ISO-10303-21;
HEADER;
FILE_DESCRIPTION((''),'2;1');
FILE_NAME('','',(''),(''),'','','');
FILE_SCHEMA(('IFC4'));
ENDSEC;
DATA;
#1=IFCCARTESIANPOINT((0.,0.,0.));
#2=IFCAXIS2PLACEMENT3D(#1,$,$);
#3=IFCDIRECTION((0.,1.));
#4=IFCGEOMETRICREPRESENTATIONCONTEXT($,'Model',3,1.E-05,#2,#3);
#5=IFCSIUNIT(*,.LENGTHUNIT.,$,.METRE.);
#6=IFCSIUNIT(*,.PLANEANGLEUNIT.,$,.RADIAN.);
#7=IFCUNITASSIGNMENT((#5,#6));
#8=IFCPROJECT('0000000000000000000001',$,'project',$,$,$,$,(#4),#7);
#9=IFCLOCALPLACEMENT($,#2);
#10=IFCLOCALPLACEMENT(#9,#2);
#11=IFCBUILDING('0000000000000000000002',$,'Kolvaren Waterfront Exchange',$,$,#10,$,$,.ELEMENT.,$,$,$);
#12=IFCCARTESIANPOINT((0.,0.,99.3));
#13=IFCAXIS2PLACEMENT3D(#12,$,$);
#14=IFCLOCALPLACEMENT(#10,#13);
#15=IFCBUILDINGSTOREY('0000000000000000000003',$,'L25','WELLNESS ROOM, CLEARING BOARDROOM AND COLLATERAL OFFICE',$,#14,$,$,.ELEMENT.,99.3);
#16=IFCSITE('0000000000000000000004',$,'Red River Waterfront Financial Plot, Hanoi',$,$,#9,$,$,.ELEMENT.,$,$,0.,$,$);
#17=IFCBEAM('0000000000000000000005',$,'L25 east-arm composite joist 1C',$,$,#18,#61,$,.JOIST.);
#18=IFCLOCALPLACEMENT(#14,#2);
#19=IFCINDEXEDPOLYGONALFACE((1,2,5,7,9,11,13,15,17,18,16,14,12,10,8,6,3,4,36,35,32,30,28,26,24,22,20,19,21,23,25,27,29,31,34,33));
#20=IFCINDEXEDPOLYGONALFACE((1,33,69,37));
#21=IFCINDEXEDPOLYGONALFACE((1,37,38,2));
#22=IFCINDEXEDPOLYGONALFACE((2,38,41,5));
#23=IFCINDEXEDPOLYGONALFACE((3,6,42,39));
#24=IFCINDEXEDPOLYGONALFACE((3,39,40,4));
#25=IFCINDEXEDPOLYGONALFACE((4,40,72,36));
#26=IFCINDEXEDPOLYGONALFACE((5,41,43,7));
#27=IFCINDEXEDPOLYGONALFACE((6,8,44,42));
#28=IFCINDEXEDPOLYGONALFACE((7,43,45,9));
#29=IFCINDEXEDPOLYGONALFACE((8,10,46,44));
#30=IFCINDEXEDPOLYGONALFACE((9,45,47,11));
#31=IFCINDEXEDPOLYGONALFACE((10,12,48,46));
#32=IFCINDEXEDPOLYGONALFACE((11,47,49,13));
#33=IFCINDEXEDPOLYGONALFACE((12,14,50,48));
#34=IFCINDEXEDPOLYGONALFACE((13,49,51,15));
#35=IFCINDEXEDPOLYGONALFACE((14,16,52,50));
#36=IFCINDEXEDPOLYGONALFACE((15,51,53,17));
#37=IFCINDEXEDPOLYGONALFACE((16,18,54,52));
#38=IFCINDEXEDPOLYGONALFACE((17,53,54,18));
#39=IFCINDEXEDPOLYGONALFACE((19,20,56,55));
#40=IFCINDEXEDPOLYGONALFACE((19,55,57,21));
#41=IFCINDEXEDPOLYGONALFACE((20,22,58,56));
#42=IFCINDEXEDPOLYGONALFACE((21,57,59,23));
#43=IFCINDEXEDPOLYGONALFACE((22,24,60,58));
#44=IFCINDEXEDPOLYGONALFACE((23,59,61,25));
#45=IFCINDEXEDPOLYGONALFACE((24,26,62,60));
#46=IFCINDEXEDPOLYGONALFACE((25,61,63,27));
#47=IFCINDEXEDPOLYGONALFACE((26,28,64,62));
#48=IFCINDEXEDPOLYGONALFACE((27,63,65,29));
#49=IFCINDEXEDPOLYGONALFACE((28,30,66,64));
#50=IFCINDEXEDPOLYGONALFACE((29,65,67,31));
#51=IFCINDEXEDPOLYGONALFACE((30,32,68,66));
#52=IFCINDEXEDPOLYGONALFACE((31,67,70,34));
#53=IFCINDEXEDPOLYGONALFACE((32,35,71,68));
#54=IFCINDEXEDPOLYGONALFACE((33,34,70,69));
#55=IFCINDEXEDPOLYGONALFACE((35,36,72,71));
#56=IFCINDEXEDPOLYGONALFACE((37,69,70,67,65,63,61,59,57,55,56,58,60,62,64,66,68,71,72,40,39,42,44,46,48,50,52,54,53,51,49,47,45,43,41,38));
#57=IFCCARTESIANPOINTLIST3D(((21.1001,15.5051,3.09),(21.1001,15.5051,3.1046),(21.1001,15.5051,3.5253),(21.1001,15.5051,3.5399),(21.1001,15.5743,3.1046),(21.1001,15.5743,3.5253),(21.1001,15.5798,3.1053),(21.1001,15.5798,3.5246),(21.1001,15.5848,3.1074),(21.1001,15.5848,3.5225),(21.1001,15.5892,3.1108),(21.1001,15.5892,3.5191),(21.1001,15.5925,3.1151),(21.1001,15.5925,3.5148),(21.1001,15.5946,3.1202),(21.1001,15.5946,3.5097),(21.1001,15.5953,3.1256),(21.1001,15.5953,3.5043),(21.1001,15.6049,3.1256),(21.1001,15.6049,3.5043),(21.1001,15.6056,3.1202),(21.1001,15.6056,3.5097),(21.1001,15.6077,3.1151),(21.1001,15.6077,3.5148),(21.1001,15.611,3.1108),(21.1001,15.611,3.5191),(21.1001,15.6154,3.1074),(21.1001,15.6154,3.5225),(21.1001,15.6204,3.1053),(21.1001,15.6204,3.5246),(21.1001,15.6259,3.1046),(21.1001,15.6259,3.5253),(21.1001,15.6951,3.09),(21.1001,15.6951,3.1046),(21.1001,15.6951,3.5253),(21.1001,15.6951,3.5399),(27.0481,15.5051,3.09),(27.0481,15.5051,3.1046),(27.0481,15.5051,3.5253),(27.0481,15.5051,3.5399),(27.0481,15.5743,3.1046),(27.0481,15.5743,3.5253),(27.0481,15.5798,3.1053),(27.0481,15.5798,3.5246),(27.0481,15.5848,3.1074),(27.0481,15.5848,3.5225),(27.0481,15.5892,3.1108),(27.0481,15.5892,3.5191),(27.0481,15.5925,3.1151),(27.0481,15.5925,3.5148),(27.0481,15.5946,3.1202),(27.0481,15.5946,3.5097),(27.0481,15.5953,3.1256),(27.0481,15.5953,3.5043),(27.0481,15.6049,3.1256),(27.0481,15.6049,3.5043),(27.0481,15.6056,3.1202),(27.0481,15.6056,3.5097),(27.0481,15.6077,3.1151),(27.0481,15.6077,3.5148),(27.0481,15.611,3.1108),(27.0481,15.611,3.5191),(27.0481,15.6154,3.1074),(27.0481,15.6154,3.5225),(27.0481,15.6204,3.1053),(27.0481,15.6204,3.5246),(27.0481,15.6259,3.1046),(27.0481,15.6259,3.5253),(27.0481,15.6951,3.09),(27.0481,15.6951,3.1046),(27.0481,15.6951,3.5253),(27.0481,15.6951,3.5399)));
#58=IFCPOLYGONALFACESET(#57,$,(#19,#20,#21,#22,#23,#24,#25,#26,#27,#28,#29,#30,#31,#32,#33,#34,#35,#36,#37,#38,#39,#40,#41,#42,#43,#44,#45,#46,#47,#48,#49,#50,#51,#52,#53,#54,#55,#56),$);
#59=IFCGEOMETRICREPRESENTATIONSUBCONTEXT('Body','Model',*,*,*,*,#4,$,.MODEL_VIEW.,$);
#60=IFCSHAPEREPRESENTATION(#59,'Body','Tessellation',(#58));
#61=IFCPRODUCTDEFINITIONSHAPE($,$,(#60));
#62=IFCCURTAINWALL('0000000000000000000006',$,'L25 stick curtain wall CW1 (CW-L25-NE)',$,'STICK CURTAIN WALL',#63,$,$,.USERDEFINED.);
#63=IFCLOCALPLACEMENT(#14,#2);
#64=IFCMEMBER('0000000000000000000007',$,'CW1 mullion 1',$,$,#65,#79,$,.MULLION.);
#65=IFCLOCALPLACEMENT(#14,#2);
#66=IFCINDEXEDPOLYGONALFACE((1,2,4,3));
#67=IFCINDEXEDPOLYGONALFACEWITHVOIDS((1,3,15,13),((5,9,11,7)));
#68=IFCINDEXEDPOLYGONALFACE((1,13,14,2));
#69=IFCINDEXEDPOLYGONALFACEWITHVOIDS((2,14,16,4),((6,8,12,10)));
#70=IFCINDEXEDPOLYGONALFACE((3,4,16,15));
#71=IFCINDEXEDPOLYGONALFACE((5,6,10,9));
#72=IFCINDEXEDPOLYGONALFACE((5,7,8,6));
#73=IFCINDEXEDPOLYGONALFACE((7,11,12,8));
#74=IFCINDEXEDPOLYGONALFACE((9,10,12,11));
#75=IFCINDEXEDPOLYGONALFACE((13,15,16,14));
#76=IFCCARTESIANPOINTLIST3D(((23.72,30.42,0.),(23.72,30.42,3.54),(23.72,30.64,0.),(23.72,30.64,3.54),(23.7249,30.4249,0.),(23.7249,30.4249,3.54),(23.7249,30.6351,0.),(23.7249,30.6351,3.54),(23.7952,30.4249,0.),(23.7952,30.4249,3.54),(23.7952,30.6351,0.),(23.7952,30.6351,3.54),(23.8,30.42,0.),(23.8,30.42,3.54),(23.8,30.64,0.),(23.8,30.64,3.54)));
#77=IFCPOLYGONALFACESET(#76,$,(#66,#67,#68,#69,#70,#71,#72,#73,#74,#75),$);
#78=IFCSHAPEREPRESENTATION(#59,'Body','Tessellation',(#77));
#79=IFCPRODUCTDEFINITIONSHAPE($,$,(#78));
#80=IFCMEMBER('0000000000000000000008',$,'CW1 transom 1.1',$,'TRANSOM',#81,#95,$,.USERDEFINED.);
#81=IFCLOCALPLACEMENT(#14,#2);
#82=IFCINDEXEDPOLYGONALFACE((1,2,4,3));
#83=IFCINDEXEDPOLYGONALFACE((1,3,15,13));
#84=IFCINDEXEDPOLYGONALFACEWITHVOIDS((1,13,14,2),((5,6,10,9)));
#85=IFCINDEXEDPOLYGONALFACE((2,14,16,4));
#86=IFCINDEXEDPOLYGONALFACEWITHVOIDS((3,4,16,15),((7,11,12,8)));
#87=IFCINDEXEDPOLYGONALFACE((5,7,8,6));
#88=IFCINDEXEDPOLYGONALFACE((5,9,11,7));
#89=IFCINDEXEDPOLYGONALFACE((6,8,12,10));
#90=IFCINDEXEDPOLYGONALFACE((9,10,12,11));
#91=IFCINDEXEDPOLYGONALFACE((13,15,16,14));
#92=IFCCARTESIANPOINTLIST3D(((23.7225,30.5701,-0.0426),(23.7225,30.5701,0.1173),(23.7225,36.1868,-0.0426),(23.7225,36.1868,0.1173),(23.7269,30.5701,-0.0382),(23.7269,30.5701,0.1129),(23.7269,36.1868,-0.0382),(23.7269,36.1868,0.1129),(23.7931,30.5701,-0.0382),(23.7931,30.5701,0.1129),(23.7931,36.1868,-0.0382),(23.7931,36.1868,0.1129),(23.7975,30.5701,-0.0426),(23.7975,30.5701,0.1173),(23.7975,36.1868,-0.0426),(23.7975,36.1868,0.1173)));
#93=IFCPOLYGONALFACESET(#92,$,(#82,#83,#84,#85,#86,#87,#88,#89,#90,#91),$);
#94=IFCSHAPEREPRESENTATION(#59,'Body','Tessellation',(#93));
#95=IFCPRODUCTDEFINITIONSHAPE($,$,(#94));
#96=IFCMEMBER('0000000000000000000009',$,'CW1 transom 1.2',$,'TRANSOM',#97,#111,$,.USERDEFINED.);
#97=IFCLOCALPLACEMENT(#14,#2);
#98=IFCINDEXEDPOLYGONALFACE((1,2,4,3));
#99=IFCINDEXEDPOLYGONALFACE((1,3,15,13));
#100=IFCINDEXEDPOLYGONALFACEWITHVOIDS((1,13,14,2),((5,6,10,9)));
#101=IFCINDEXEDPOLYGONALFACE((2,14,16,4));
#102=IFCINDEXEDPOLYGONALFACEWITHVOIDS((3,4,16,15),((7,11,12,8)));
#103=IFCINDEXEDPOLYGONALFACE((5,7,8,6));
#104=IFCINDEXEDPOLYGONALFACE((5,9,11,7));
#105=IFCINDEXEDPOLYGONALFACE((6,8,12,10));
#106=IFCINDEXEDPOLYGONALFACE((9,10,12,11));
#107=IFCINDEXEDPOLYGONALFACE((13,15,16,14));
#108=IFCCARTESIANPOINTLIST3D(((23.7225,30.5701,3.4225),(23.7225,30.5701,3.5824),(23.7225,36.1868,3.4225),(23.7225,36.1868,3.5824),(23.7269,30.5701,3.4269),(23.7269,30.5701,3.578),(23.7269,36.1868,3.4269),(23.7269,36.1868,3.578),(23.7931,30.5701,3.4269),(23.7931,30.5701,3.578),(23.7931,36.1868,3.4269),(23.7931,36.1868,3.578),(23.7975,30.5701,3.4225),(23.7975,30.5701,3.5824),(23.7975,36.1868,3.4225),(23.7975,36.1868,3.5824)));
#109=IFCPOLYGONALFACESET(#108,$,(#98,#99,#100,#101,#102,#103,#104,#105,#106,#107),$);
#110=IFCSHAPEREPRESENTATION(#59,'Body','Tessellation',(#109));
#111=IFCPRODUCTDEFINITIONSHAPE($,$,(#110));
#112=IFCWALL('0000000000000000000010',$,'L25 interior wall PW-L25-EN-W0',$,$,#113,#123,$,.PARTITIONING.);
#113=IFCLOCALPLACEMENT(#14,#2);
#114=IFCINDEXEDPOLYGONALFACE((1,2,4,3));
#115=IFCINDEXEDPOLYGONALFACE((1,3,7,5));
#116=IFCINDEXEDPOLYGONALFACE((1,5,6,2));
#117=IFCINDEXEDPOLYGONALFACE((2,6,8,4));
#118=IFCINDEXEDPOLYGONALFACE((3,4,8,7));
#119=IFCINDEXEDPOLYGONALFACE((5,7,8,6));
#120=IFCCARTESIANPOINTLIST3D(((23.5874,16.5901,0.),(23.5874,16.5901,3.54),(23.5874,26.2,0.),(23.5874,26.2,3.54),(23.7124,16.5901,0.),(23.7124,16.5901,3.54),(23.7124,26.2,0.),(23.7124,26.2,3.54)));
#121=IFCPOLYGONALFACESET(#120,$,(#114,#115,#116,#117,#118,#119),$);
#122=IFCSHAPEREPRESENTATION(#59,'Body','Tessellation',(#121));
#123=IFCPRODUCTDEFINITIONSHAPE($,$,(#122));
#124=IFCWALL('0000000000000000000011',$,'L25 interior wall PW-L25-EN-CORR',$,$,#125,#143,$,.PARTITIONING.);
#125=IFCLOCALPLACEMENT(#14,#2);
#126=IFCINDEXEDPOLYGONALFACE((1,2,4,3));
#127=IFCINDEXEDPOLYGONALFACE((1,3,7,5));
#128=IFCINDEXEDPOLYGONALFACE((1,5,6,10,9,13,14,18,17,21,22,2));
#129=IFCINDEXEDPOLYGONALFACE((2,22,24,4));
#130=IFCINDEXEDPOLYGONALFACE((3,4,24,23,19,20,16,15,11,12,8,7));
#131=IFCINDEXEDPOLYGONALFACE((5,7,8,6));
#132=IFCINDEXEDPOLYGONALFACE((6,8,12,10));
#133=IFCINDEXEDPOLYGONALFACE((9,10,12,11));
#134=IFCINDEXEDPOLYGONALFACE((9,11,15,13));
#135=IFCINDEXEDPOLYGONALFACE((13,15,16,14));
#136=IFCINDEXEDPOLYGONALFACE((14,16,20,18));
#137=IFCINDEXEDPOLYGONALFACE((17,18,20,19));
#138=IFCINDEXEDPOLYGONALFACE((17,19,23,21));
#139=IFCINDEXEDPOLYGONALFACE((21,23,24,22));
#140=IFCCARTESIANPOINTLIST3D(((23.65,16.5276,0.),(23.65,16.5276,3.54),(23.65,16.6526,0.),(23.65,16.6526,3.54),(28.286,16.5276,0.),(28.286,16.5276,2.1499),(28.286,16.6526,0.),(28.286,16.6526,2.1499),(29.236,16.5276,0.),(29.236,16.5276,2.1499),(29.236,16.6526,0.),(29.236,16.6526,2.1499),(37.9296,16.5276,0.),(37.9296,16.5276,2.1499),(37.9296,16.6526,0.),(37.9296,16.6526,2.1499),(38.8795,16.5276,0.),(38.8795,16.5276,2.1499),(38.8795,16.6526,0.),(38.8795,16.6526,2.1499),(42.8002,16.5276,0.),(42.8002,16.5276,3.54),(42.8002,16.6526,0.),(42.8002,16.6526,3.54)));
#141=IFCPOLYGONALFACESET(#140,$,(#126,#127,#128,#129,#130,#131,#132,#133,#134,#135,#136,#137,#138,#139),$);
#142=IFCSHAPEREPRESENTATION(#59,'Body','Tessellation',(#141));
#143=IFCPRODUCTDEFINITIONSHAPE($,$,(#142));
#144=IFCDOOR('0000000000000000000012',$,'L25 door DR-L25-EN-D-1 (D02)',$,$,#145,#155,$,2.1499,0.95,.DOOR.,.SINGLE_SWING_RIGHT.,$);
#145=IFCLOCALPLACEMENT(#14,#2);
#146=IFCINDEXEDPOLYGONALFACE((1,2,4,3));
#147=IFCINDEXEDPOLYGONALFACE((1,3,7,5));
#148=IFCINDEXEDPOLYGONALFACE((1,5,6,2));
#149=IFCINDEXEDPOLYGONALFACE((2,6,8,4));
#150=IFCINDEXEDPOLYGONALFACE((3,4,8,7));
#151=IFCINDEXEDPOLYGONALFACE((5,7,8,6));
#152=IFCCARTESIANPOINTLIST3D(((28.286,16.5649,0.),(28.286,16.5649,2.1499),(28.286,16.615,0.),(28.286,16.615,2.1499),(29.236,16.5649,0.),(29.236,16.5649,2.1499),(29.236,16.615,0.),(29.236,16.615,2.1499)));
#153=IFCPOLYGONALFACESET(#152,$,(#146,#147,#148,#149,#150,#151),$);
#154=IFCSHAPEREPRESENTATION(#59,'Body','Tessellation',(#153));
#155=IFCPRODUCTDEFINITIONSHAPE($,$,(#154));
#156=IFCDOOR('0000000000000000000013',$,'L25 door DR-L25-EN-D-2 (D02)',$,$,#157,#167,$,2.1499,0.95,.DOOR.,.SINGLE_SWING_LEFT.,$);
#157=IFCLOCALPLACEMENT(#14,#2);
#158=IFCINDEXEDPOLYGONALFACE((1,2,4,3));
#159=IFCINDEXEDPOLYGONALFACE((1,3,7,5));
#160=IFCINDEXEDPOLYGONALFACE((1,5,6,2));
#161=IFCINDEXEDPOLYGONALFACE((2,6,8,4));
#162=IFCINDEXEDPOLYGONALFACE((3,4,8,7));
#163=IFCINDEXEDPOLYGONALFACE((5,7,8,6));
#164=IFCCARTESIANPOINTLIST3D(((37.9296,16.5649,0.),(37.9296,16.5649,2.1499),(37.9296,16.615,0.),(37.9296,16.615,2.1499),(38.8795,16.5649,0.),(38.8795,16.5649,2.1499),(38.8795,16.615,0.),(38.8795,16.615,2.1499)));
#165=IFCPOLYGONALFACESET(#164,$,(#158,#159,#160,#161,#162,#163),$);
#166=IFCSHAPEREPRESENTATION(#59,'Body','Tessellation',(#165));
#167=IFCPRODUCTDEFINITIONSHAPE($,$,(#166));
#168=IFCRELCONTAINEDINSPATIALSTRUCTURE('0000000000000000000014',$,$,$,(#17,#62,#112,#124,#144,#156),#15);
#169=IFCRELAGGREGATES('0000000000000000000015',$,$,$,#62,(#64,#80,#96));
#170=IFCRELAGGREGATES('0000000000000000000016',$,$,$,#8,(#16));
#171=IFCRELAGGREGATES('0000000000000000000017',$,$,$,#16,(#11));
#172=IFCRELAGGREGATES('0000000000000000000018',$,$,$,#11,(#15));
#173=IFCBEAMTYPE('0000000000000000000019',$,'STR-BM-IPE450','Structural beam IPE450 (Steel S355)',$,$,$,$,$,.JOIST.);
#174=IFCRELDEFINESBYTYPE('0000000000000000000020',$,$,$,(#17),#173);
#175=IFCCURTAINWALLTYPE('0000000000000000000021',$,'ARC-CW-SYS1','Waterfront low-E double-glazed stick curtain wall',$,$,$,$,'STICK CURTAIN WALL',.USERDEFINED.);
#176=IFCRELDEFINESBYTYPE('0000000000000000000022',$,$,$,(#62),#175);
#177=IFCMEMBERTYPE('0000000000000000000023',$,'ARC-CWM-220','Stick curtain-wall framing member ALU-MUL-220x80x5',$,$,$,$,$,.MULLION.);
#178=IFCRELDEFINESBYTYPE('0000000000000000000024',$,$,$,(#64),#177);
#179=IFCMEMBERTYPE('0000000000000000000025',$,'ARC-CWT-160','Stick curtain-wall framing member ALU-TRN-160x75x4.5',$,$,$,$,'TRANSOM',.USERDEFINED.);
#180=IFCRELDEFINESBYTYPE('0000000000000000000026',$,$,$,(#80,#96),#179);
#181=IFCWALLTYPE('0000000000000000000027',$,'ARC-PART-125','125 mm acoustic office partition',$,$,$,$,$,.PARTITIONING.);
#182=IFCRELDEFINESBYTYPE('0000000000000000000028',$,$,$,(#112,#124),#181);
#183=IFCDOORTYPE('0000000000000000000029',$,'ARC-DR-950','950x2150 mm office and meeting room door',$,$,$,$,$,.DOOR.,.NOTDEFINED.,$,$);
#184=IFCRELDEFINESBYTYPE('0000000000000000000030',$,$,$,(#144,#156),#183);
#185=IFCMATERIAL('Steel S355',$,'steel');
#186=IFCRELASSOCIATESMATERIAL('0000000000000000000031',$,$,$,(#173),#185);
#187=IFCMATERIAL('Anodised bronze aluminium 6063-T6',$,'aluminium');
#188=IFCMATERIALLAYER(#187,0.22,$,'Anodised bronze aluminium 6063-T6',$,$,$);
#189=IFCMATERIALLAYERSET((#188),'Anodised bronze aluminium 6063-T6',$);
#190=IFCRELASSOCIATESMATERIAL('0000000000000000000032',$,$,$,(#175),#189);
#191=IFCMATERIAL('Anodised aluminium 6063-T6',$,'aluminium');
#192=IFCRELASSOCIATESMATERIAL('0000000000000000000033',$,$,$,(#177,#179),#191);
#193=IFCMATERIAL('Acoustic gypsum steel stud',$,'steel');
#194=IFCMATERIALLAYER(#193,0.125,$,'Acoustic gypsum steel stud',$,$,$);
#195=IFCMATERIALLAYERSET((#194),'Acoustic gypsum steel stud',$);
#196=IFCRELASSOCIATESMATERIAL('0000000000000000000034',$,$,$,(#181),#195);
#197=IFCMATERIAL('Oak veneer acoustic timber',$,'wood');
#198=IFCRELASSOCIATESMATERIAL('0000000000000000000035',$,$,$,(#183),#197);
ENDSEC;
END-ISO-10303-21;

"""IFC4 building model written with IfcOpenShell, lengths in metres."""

from ifc_helpers import new_model, si_unit, direction, frame, frame_2d, origin, origin_with_axes, origin_2d, place, context, subcontext, project, spatial, rectangle, hollow_rectangle, i_section, extrude, source, transform, mapped, material, layer, layer_set, material_profile, profile_set, type_object, element, fill, aggregate, save


model = new_model("IFC4")

# Units and contexts
model_context = context("Model", 3, precision=1e-05, world=origin(), true_north=direction((0.0, 1.0)))
body_context = subcontext(model_context, "Body", "Model", "MODEL_VIEW")
ifc_project = project(units=[si_unit("LENGTHUNIT", "METRE"), si_unit("PLANEANGLEUNIT", "RADIAN")], contexts=[model_context])

# Site, building, storey
site_placement = place(None, origin())
site = spatial("IfcSite", under=ifc_project, at=site_placement, Name="Red River Waterfront Financial Plot, Hanoi", CompositionType="ELEMENT", RefElevation=0.0)
building_placement = place(site_placement, origin())
building = spatial("IfcBuilding", under=site, at=building_placement, Name="Kolvaren Waterfront Exchange", CompositionType="ELEMENT")
storey_placement = place(building_placement, frame((0.0, 0.0, 99.3)))
storey = spatial("IfcBuildingStorey", under=building, at=storey_placement, Name="L25", Description="WELLNESS ROOM, CLEARING BOARDROOM AND COLLATERAL OFFICE", CompositionType="ELEMENT", Elevation=99.3)

# Beam
ifc_material_1 = material(Name="Steel S355", Category="steel")
ifc_material_profile_1 = material_profile(ifc_material_1, i_section(OverallWidth=0.1899, OverallDepth=0.45, WebThickness=0.0095, FlangeThickness=0.0146, FilletRadius=0.021, at=origin_2d()), Name="IPE450")
ifc_profile_set_1 = profile_set([ifc_material_profile_1], Name="Steel S355")
beam_type_1 = type_object("IfcBeamType", Name="STR-BM-IPE450", Description="Structural beam IPE450 (Steel S355)", PredefinedType="JOIST", material=ifc_profile_set_1)
for number, where, z_axis, x_axis, name in (
    (1, (21.1001, 15.6001, 3.3149), (1.0, 0.0, 0.0), (0.0, 1.0, 0.0), "L25 east-arm composite joist 1C"),
):
    element("IfcBeam", number, at=place(storey_placement, frame(where, z_axis=z_axis, x_axis=x_axis)), inside=storey, type_object=beam_type_1, Name=name, PredefinedType="JOIST", context=body_context, shape_type="SweptSolid", body=[
        extrude(i_section(OverallWidth=0.1899, OverallDepth=0.45, WebThickness=0.0095, FlangeThickness=0.0146, FilletRadius=0.021, at=origin_2d()), origin(), (0.0, 0.0, 1.0), 5.948),
    ])

# Curtain wall, members
ifc_material_2 = material(Name="Anodised bronze aluminium 6063-T6", Category="aluminium")
ifc_layer_1 = layer(ifc_material_2, 0.22, Name="Anodised bronze aluminium 6063-T6")
ifc_layer_set_1 = layer_set([ifc_layer_1], Name="Anodised bronze aluminium 6063-T6")
curtain_wall_type = type_object("IfcCurtainWallType", Name="ARC-CW-SYS1", Description="Waterfront low-E double-glazed stick curtain wall", ElementType="STICK CURTAIN WALL", PredefinedType="USERDEFINED", material=ifc_layer_set_1)
curtain_wall_placement = place(storey_placement, origin())
curtain_wall = element("IfcCurtainWall", 2, at=curtain_wall_placement, inside=storey, type_object=curtain_wall_type, Name="L25 stick curtain wall CW1 (CW-L25-NE)", ObjectType="STICK CURTAIN WALL", PredefinedType="USERDEFINED")
ifc_material_3 = material(Name="Anodised aluminium 6063-T6", Category="aluminium")
ifc_material_profile_2 = material_profile(ifc_material_3, hollow_rectangle(XDim=0.0801, YDim=0.22, WallThickness=0.0049, at=origin_2d()), Name="ALU-MUL-220x80x5")
ifc_profile_set_2 = profile_set([ifc_material_profile_2], Name="Anodised aluminium 6063-T6")
member_type_1 = type_object("IfcMemberType", Name="ARC-CWM-220", Description="Stick curtain-wall framing member ALU-MUL-220x80x5", PredefinedType="MULLION", material=ifc_profile_set_2)
shared_shape_1 = source(origin_with_axes(), body_context, "Body", "SweptSolid", [
    extrude(hollow_rectangle(XDim=0.0801, YDim=0.22, WallThickness=0.0049, at=origin_2d()), origin(), (0.0, 0.0, 1.0), 3.54),
])
member_1_placement = place(storey_placement, frame((23.76, 30.53, 0.0), z_axis=(0.0, 0.0, 1.0), x_axis=(-1.0, 0.0, 0.0)))
member_1 = element("IfcMember", 3, at=member_1_placement, type_object=member_type_1, Name="CW1 mullion 1", PredefinedType="MULLION", context=body_context, shape_type="MappedRepresentation", body=[
    mapped(shared_shape_1, transform((0.0, 0.0, 0.0), x_axis=(1.0, 0.0, 0.0), y_axis=(0.0, 1.0, 0.0), z_axis=(0.0, 0.0, 1.0), scale=1.0)),
])
ifc_material_profile_3 = material_profile(ifc_material_3, hollow_rectangle(XDim=0.075, YDim=0.1599, WallThickness=0.0044, at=origin_2d()), Name="ALU-TRN-160x75x4.5")
ifc_profile_set_3 = profile_set([ifc_material_profile_3], Name="Anodised aluminium 6063-T6")
member_type_2 = type_object("IfcMemberType", Name="ARC-CWT-160", Description="Stick curtain-wall framing member ALU-TRN-160x75x4.5", ElementType="TRANSOM", PredefinedType="USERDEFINED", material=ifc_profile_set_3)
shared_shape_2 = source(origin_with_axes(), body_context, "Body", "SweptSolid", [
    extrude(hollow_rectangle(XDim=0.075, YDim=0.1599, WallThickness=0.0044, at=origin_2d()), origin(), (0.0, 0.0, 1.0), 5.6167),
])
member_2_placement = place(storey_placement, frame((23.76, 30.5701, 0.0374), z_axis=(0.0, 1.0, 0.0), x_axis=(-1.0, 0.0, 0.0)))
member_2 = element("IfcMember", 4, at=member_2_placement, type_object=member_type_2, Name="CW1 transom 1.1", ObjectType="TRANSOM", PredefinedType="USERDEFINED", context=body_context, shape_type="MappedRepresentation", body=[
    mapped(shared_shape_2, transform((0.0, 0.0, 0.0), x_axis=(1.0, 0.0, 0.0), y_axis=(0.0, 1.0, 0.0), z_axis=(0.0, 0.0, 1.0), scale=1.0)),
])
member_3_placement = place(storey_placement, frame((23.76, 30.5701, 3.5024), z_axis=(0.0, 1.0, 0.0), x_axis=(-1.0, 0.0, 0.0)))
member_3 = element("IfcMember", 5, at=member_3_placement, type_object=member_type_2, Name="CW1 transom 1.2", ObjectType="TRANSOM", PredefinedType="USERDEFINED", context=body_context, shape_type="MappedRepresentation", body=[
    mapped(shared_shape_2, transform((0.0, 0.0, 0.0), x_axis=(1.0, 0.0, 0.0), y_axis=(0.0, 1.0, 0.0), z_axis=(0.0, 0.0, 1.0), scale=1.0)),
])
aggregate(curtain_wall, [member_1, member_2, member_3])

# Wall
ifc_material_4 = material(Name="Acoustic gypsum steel stud", Category="steel")
ifc_layer_2 = layer(ifc_material_4, 0.125, Name="Acoustic gypsum steel stud")
ifc_layer_set_2 = layer_set([ifc_layer_2], Name="Acoustic gypsum steel stud")
wall_type_1 = type_object("IfcWallType", Name="ARC-PART-125", Description="125 mm acoustic office partition", PredefinedType="PARTITIONING", material=ifc_layer_set_2)
wall_1_placement = place(storey_placement, frame((23.6499, 16.5901, 0.0), z_axis=(0.0, 0.0, 1.0), x_axis=(0.0, 1.0, 0.0)))
element("IfcWall", 6, at=wall_1_placement, inside=storey, type_object=wall_type_1, Name="L25 interior wall PW-L25-EN-W0", PredefinedType="PARTITIONING", context=body_context, shape_type="SweptSolid", body=[
    extrude(rectangle(XDim=9.6099, YDim=0.125, at=frame_2d((4.8049, 0.0))), origin(), (0.0, 0.0, 1.0), 3.54),
])

# Wall, openings, doors
wall_2_placement = place(storey_placement, frame((23.6499, 16.5901, 0.0), z_axis=(0.0, 0.0, 1.0), x_axis=(1.0, 0.0, 0.0)))
wall_2 = element("IfcWall", 7, at=wall_2_placement, inside=storey, type_object=wall_type_1, Name="L25 interior wall PW-L25-EN-CORR", PredefinedType="PARTITIONING", context=body_context, shape_type="SweptSolid", body=[
    extrude(rectangle(XDim=19.1501, YDim=0.125, at=frame_2d((9.5752, 0.0))), origin(), (0.0, 0.0, 1.0), 3.54),
])
opening_1_placement = place(wall_2_placement, frame((4.636, 0.0, 0.0)))
opening_1 = element("IfcOpeningElement", 8, at=opening_1_placement, cuts=wall_2, PredefinedType="OPENING", context=body_context, shape_type="SweptSolid", body=[
    extrude(rectangle(XDim=0.95, YDim=2.1499, at=frame_2d((0.4751, 1.075))), frame((0.0, 0.0725, 0.0), z_axis=(0.0, -1.0, 0.0), x_axis=(1.0, 0.0, 0.0)), (0.0, 0.0, 1.0), 0.145),
])
opening_2_placement = place(wall_2_placement, frame((14.2795, 0.0, 0.0)))
opening_2 = element("IfcOpeningElement", 9, at=opening_2_placement, cuts=wall_2, PredefinedType="OPENING", context=body_context, shape_type="SweptSolid", body=[
    extrude(rectangle(XDim=0.95, YDim=2.1499, at=frame_2d((0.4751, 1.075))), frame((0.0, 0.0725, 0.0), z_axis=(0.0, -1.0, 0.0), x_axis=(1.0, 0.0, 0.0)), (0.0, 0.0, 1.0), 0.145),
])
ifc_material_5 = material(Name="Oak veneer acoustic timber", Category="wood")
door_type = type_object("IfcDoorType", Name="ARC-DR-950", Description="950x2150 mm office and meeting room door", OperationType="NOTDEFINED", PredefinedType="DOOR", material=ifc_material_5)
door_1_placement = place(opening_1_placement, origin())
door_1 = element("IfcDoor", 10, at=door_1_placement, inside=storey, type_object=door_type, Name="L25 door DR-L25-EN-D-1 (D02)", OperationType="SINGLE_SWING_RIGHT", OverallHeight=2.1499, OverallWidth=0.95, PredefinedType="DOOR", context=body_context, shape_type="SweptSolid", body=[
    extrude(rectangle(XDim=0.95, YDim=2.1499, at=frame_2d((0.4751, 1.075))), frame((0.0, 0.0249, 0.0), z_axis=(0.0, -1.0, 0.0), x_axis=(1.0, 0.0, 0.0)), (0.0, 0.0, 1.0), 0.05),
])
fill(opening_1, door_1)
door_2_placement = place(opening_2_placement, origin())
door_2 = element("IfcDoor", 11, at=door_2_placement, inside=storey, type_object=door_type, Name="L25 door DR-L25-EN-D-2 (D02)", OperationType="SINGLE_SWING_LEFT", OverallHeight=2.1499, OverallWidth=0.95, PredefinedType="DOOR", context=body_context, shape_type="SweptSolid", body=[
    extrude(rectangle(XDim=0.95, YDim=2.1499, at=frame_2d((0.4751, 1.075))), frame((0.0, 0.0249, 0.0), z_axis=(0.0, -1.0, 0.0), x_axis=(1.0, 0.0, 0.0)), (0.0, 0.0, 1.0), 0.05),
])
fill(opening_2, door_2)

save(model, "model.ifc")
